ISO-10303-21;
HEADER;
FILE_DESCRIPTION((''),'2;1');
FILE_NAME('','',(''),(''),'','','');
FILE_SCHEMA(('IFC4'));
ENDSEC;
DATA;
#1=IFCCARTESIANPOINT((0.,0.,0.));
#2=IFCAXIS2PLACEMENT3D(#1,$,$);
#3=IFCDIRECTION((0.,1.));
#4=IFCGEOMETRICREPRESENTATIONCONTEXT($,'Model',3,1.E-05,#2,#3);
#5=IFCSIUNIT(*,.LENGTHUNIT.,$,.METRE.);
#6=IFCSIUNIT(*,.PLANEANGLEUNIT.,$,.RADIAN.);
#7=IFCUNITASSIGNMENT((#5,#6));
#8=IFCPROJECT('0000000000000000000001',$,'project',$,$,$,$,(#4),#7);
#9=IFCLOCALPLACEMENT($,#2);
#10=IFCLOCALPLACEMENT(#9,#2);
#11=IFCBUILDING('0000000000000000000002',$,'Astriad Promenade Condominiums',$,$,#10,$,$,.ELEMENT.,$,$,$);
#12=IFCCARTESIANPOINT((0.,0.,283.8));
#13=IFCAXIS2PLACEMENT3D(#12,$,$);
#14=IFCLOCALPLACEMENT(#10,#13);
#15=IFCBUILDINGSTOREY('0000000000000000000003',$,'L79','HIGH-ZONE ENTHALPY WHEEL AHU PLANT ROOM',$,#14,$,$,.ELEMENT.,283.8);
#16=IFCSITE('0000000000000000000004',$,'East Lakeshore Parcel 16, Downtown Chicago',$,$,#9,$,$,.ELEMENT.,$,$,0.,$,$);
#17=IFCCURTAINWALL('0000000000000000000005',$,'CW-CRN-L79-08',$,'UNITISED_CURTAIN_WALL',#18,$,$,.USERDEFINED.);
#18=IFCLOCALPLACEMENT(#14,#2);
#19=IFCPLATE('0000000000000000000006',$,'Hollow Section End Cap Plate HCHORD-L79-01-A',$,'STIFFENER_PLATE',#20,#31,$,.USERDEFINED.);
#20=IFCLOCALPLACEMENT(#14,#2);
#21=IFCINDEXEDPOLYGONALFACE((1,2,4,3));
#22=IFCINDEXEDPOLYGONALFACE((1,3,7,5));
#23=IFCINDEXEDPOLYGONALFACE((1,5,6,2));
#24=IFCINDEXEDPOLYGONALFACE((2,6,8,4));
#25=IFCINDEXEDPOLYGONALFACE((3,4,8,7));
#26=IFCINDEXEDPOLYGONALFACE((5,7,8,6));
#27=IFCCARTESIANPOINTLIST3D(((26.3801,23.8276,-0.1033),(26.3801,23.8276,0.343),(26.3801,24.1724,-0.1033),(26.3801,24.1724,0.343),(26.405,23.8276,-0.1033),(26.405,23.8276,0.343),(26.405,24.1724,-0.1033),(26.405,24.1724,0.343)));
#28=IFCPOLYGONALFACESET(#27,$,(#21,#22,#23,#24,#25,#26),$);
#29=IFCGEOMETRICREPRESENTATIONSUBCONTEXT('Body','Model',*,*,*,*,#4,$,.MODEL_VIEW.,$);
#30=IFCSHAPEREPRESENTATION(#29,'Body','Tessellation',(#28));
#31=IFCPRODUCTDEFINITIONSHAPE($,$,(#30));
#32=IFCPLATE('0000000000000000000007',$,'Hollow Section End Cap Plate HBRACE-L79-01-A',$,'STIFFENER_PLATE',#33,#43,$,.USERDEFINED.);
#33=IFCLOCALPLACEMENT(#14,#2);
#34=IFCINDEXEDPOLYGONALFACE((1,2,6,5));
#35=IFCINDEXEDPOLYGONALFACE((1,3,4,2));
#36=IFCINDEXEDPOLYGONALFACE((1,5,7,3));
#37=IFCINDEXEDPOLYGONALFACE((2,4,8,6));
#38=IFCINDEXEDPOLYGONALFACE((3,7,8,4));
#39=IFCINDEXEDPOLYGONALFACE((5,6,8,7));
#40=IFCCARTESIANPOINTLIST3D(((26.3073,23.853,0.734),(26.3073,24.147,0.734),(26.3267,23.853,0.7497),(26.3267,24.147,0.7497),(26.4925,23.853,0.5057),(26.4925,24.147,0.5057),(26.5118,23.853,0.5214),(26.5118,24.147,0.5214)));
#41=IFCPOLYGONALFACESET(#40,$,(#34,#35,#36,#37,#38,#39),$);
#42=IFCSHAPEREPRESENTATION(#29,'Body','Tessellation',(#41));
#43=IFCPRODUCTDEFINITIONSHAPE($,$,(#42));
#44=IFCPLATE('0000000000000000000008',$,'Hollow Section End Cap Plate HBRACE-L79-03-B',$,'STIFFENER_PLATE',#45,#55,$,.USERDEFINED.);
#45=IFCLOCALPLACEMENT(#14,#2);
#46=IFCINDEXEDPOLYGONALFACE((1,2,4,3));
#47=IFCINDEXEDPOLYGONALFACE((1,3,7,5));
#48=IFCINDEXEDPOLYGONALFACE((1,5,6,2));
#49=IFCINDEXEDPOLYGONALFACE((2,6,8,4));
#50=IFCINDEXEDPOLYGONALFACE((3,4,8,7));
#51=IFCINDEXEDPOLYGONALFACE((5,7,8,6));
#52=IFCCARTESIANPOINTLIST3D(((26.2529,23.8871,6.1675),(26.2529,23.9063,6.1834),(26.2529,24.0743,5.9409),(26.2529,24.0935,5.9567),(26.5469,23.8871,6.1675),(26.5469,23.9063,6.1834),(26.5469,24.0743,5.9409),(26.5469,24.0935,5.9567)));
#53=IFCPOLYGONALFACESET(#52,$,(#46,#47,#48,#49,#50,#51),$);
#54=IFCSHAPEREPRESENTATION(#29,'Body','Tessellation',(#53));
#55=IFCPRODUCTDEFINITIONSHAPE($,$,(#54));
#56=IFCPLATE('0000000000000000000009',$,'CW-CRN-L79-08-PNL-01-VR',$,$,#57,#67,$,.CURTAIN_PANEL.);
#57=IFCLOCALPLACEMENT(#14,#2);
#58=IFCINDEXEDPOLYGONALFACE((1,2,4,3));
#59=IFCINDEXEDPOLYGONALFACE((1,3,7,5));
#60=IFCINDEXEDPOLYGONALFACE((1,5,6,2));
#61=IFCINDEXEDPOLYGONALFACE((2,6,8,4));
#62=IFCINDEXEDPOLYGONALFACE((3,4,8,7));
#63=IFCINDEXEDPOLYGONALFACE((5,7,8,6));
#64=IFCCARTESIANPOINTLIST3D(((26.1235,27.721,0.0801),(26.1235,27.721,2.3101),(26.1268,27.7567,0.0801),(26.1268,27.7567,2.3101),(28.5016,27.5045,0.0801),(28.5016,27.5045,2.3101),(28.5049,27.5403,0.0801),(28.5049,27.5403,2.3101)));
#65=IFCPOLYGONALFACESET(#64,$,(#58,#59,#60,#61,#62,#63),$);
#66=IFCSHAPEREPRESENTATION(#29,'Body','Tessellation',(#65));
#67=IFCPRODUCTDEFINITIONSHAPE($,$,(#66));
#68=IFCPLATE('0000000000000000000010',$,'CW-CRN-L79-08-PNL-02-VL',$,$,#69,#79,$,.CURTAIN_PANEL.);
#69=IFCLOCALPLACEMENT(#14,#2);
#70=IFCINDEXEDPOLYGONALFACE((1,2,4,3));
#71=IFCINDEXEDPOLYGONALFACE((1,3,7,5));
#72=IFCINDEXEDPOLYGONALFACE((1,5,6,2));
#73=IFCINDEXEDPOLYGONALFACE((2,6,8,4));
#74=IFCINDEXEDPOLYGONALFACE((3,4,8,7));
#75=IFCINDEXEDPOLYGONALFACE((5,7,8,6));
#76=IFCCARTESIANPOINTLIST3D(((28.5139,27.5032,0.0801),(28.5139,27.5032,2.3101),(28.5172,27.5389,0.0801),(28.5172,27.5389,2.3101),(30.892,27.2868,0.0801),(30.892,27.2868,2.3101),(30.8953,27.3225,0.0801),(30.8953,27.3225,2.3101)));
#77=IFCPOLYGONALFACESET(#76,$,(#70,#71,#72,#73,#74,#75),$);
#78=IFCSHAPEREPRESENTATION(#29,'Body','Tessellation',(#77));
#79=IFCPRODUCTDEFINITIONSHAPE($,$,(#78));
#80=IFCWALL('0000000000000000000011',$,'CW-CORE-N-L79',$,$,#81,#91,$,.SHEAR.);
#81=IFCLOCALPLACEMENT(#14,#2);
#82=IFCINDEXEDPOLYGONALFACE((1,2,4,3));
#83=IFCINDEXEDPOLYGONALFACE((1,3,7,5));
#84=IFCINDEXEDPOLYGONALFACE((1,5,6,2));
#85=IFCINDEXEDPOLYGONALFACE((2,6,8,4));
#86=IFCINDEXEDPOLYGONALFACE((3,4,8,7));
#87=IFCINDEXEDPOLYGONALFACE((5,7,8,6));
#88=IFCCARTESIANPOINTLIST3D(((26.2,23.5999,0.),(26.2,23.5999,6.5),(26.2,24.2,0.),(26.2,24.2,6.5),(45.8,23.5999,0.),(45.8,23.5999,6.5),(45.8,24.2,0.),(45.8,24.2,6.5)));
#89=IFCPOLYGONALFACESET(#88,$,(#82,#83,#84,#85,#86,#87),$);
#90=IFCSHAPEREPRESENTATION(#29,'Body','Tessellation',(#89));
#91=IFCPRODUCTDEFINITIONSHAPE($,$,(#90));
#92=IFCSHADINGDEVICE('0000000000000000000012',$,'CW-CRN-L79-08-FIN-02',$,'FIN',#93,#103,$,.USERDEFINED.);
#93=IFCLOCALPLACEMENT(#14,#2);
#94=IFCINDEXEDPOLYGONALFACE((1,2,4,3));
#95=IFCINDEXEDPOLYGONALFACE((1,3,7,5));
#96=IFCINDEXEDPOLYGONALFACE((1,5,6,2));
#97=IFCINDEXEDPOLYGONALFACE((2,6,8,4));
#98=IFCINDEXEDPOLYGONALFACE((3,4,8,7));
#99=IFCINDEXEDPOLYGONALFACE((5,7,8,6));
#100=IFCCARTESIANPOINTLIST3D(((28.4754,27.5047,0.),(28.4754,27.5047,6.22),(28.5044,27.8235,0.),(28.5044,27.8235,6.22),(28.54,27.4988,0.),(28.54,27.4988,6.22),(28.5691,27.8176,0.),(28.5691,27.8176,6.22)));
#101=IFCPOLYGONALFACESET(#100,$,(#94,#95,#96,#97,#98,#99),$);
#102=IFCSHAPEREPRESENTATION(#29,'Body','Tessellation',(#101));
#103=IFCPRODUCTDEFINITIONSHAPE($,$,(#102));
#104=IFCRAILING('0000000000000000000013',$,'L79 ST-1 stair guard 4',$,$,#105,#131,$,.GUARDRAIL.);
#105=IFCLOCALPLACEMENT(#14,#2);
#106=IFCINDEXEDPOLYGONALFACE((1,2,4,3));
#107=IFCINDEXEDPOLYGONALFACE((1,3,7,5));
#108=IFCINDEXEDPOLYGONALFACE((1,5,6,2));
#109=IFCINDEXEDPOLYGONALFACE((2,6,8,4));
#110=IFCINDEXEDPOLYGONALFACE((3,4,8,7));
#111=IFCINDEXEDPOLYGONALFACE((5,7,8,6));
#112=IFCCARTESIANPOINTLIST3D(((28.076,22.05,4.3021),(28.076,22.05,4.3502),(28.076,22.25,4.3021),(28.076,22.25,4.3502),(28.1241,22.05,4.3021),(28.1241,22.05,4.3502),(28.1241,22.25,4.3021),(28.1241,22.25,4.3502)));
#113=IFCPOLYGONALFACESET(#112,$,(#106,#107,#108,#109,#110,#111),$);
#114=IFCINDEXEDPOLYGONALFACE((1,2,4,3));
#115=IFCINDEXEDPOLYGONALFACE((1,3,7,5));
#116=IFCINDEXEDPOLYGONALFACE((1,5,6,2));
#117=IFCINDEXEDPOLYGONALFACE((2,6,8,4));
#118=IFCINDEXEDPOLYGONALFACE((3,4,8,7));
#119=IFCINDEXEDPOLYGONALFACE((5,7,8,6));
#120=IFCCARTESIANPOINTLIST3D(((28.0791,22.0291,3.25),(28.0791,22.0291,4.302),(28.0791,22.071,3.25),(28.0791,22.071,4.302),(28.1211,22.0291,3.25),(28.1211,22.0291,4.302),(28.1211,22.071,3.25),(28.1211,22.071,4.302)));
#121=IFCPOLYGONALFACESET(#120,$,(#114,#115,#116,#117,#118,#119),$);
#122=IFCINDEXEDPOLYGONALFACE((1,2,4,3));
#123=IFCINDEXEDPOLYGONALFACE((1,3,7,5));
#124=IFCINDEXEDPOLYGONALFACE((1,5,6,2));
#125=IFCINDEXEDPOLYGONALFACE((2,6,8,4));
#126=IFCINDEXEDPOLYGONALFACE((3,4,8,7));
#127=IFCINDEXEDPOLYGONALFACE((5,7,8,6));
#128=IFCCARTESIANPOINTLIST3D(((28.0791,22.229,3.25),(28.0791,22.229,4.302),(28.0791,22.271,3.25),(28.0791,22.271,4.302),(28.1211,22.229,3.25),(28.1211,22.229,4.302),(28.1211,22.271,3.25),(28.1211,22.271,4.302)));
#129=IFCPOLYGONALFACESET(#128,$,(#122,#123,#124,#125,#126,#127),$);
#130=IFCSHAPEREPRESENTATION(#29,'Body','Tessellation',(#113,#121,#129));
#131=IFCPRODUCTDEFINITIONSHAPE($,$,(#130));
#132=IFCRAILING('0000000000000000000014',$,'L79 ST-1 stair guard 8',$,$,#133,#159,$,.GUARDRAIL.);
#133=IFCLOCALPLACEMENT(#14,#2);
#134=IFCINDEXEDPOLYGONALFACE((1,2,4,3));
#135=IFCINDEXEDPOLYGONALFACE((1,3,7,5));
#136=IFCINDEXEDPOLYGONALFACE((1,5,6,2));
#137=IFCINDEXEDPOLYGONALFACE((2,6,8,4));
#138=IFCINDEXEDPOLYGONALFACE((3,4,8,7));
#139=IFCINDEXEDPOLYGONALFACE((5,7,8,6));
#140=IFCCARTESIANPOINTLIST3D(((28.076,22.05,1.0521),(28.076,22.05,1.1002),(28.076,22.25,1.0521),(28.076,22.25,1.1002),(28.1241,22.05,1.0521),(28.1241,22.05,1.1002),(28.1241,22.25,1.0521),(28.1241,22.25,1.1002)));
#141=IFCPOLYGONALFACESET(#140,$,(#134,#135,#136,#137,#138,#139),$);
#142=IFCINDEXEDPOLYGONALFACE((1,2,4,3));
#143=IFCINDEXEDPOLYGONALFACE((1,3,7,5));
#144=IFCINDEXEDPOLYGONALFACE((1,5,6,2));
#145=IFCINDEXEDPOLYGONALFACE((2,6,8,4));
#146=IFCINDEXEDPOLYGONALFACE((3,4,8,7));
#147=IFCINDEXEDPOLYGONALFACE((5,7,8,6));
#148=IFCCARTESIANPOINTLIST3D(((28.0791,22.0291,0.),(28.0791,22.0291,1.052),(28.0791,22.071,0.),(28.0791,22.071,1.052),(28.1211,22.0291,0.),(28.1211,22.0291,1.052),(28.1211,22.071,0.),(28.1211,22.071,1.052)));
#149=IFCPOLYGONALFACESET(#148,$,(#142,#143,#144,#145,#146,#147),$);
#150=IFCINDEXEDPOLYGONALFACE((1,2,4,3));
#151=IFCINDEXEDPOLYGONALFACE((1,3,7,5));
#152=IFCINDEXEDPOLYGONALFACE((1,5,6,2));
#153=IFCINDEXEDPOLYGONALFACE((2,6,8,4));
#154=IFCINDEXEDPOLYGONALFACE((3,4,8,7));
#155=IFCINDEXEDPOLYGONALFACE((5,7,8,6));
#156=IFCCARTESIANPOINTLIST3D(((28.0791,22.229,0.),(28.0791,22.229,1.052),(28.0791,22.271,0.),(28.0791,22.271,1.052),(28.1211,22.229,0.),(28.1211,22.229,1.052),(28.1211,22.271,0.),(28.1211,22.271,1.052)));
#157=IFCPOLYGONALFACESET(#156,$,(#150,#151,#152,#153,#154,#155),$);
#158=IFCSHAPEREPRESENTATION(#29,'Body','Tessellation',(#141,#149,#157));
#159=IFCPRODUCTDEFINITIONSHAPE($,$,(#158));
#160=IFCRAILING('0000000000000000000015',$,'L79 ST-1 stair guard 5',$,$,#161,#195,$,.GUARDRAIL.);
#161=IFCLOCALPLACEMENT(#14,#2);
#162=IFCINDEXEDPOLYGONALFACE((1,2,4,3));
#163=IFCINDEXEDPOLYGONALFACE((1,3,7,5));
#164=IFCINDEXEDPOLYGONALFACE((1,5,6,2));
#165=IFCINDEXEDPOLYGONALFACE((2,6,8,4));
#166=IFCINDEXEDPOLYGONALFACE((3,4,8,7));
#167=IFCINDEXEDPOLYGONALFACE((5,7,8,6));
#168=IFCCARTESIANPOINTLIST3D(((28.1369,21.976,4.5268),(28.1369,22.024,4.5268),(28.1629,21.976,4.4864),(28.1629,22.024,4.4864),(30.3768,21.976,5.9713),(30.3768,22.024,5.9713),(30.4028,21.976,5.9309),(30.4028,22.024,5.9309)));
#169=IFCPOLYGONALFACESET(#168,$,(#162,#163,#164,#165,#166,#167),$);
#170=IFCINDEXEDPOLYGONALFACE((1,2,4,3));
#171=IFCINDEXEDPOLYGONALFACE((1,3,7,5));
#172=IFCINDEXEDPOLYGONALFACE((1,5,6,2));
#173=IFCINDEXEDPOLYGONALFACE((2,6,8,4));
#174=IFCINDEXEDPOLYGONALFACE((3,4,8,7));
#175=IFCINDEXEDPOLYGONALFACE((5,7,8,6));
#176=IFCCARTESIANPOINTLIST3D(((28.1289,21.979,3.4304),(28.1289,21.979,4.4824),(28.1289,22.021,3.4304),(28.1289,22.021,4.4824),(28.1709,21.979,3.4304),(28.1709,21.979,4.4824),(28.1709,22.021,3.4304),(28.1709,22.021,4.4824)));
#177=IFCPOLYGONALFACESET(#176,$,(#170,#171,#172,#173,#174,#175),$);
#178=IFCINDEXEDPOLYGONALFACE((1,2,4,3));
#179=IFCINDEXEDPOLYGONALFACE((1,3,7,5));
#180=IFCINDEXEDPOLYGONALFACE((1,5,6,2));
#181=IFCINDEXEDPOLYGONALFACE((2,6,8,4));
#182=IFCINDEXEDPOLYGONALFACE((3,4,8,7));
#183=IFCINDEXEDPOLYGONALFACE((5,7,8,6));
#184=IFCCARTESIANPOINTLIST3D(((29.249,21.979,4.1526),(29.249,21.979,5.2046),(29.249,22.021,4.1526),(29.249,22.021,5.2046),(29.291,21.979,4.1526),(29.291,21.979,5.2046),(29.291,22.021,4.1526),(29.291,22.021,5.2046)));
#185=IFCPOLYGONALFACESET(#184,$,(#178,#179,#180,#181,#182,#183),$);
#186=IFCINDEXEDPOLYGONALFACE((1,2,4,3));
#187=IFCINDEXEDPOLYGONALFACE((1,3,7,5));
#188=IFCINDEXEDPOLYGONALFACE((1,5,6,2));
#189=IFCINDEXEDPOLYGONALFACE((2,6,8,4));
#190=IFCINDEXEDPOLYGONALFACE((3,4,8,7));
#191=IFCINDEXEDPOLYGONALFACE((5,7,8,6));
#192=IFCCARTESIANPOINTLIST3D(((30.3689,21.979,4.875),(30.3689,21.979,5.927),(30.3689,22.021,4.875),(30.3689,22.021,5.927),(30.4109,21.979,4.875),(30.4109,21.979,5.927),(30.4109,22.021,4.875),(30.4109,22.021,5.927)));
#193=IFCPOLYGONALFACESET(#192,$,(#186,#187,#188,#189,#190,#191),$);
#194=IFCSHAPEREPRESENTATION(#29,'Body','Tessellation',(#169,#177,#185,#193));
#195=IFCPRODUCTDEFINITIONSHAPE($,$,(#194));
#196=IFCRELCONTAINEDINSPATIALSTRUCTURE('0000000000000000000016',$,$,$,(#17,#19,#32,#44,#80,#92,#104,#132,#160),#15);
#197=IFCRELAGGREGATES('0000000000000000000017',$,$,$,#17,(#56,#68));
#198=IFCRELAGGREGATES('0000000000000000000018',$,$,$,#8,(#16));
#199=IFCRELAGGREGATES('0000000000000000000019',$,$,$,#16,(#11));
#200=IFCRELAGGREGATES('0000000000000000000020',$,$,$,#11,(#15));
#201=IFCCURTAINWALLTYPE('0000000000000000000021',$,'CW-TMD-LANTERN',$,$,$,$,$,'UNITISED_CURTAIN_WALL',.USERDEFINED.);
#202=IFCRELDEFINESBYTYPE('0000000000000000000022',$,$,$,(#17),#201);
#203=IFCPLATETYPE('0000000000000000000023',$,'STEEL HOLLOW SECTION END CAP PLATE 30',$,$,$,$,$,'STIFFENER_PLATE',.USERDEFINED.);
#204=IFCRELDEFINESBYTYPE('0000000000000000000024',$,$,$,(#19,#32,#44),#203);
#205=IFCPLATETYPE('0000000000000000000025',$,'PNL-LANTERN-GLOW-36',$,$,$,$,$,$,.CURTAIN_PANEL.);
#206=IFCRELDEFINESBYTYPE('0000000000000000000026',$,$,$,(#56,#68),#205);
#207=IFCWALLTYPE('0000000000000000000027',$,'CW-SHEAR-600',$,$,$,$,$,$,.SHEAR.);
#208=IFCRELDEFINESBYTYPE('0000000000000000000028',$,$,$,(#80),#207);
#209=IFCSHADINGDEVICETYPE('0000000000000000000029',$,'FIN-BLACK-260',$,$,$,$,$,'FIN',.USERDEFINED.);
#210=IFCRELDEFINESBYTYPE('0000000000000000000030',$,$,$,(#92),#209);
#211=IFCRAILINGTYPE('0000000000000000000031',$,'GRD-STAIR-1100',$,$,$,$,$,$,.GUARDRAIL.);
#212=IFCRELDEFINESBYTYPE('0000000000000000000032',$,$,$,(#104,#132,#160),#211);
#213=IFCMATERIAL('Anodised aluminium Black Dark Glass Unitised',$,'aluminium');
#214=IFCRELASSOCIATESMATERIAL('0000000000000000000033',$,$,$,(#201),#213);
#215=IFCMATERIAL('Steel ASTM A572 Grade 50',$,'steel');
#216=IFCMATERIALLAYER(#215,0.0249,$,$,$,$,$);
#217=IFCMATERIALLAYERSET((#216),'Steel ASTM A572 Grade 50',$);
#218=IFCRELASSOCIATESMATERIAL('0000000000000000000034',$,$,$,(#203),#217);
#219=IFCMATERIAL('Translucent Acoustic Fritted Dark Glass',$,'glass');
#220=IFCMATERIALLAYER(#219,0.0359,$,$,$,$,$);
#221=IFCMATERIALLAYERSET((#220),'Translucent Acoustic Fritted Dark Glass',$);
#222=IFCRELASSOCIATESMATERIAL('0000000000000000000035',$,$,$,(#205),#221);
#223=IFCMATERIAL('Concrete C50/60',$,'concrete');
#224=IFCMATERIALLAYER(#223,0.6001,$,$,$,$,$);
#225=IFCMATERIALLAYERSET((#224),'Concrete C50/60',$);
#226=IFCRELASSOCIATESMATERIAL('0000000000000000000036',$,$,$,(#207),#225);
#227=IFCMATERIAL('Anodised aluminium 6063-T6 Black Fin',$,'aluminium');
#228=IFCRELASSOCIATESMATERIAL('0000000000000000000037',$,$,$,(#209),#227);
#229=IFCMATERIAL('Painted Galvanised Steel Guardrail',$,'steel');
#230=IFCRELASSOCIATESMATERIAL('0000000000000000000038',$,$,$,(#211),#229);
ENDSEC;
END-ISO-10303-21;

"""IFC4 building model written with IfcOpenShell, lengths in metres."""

from ifc_helpers import new_model, si_unit, direction, frame, frame_2d, origin, origin_2d, place, context, subcontext, project, spatial, rectangle, extrude, source, transform, mapped, material, layer, layer_set, type_object, type_shapes, element, aggregate, save


model = new_model("IFC4")

# Units and contexts
model_context = context("Model", 3, precision=1e-05, world=origin(), true_north=direction((0.0, 1.0)))
body_context = subcontext(model_context, "Body", "Model", "MODEL_VIEW")
ifc_project = project(units=[si_unit("LENGTHUNIT", "METRE"), si_unit("PLANEANGLEUNIT", "RADIAN")], contexts=[model_context])

# Site, building, storey
site_placement = place(None, origin())
site = spatial("IfcSite", under=ifc_project, at=site_placement, Name="East Lakeshore Parcel 16, Downtown Chicago", CompositionType="ELEMENT", RefElevation=0.0)
building_placement = place(site_placement, origin())
building = spatial("IfcBuilding", under=site, at=building_placement, Name="Astriad Promenade Condominiums", CompositionType="ELEMENT")
storey_placement = place(building_placement, frame((0.0, 0.0, 283.8)))
storey = spatial("IfcBuildingStorey", under=building, at=storey_placement, Name="L79", Description="HIGH-ZONE ENTHALPY WHEEL AHU PLANT ROOM", CompositionType="ELEMENT", Elevation=283.8)

# Shared definitions
ifc_material_1 = material(Name="Concrete C50/60", Category="concrete")

# Curtain wall
ifc_material_2 = material(Name="Anodised aluminium Black Dark Glass Unitised", Category="aluminium")
curtain_wall_type = type_object("IfcCurtainWallType", Name="CW-TMD-LANTERN", ElementType="UNITISED_CURTAIN_WALL", PredefinedType="USERDEFINED", material=ifc_material_2)
curtain_wall_placement = place(storey_placement, origin())
curtain_wall = element("IfcCurtainWall", 1, at=curtain_wall_placement, inside=storey, type_object=curtain_wall_type, Name="CW-CRN-L79-08", ObjectType="UNITISED_CURTAIN_WALL", PredefinedType="USERDEFINED")

# Plates
ifc_material_3 = material(Name="Steel ASTM A572 Grade 50", Category="steel")
ifc_layer_1 = layer(ifc_material_3, 0.0249)
ifc_layer_set_1 = layer_set([ifc_layer_1], Name="Steel ASTM A572 Grade 50")
plate_type_1 = type_object("IfcPlateType", Name="STEEL HOLLOW SECTION END CAP PLATE 30", ElementType="STIFFENER_PLATE", PredefinedType="USERDEFINED", material=ifc_layer_set_1)
shared_shape_1 = source(origin(), body_context, "Body", "SweptSolid", [
    extrude(rectangle(XDim=0.3447, YDim=0.4463, at=origin_2d()), origin(), (0.0, 0.0, 1.0), 0.0249),
])
plate_1_placement = place(storey_placement, frame((26.3801, 24.0, 0.1199), z_axis=(1.0, 0.0, 0.0), x_axis=(0.0, 1.0, 0.0)))
element("IfcPlate", 2, at=plate_1_placement, inside=storey, type_object=plate_type_1, Name="Hollow Section End Cap Plate HCHORD-L79-01-A", ObjectType="STIFFENER_PLATE", PredefinedType="USERDEFINED", context=body_context, shape_type="MappedRepresentation", body=[
    mapped(shared_shape_1, transform((0.0, 0.0, 0.0), scale=1.0)),
])
shared_shape_2 = source(origin(), body_context, "Body", "SweptSolid", [
    extrude(rectangle(XDim=0.2939, YDim=0.2939, at=origin_2d()), origin(), (0.0, 0.0, 1.0), 0.0249),
])
type_shapes(plate_type_1, [shared_shape_1, shared_shape_2])
for number, where, z_axis, x_axis, name in (
    (3, (26.3999, 24.0, 0.6199), (0.776676, 0.0, 0.629901), (0.0, 1.0, 0.0), "Hollow Section End Cap Plate HBRACE-L79-01-A"),
    (4, (26.3999, 23.9807, 6.0542), (0.0, 0.771082, 0.636736), (-1.0, 0.0, 0.0), "Hollow Section End Cap Plate HBRACE-L79-03-B"),
):
    element("IfcPlate", number, at=place(storey_placement, frame(where, z_axis=z_axis, x_axis=x_axis)), inside=storey, type_object=plate_type_1, Name=name, ObjectType="STIFFENER_PLATE", PredefinedType="USERDEFINED", context=body_context, shape_type="MappedRepresentation", body=[
        mapped(shared_shape_2, transform((0.0, 0.0, 0.0), scale=1.0)),
    ])

# Plates
ifc_material_4 = material(Name="Translucent Acoustic Fritted Dark Glass", Category="glass")
ifc_layer_2 = layer(ifc_material_4, 0.0359)
ifc_layer_set_2 = layer_set([ifc_layer_2], Name="Translucent Acoustic Fritted Dark Glass")
plate_type_2 = type_object("IfcPlateType", Name="PNL-LANTERN-GLOW-36", PredefinedType="CURTAIN_PANEL", material=ifc_layer_set_2)
shared_shape_3 = source(origin(), body_context, "Body", "SweptSolid", [
    extrude(rectangle(XDim=2.3879, YDim=0.0359, at=origin_2d()), origin(), (0.0, 0.0, 1.0), 2.23),
])
type_shapes(plate_type_2, [shared_shape_3])
plate_2_placement = place(storey_placement, frame((27.3142, 27.6306, 0.0801), z_axis=(0.0, 0.0, 1.0), x_axis=(0.995884, -0.090633, 0.0)))
plate_2 = element("IfcPlate", 5, at=plate_2_placement, type_object=plate_type_2, Name="CW-CRN-L79-08-PNL-01-VR", PredefinedType="CURTAIN_PANEL", context=body_context, shape_type="MappedRepresentation", body=[
    mapped(shared_shape_3, transform((0.0, 0.0, 0.0), scale=1.0)),
])
plate_3_placement = place(storey_placement, frame((29.7046, 27.4128, 0.0801), z_axis=(0.0, 0.0, 1.0), x_axis=(0.995884, -0.090633, 0.0)))
plate_3 = element("IfcPlate", 6, at=plate_3_placement, type_object=plate_type_2, Name="CW-CRN-L79-08-PNL-02-VL", PredefinedType="CURTAIN_PANEL", context=body_context, shape_type="MappedRepresentation", body=[
    mapped(shared_shape_3, transform((0.0, 0.0, 0.0), scale=1.0)),
])
aggregate(curtain_wall, [plate_2, plate_3])

# Wall
ifc_layer_3 = layer(ifc_material_1, 0.6001)
ifc_layer_set_3 = layer_set([ifc_layer_3], Name="Concrete C50/60")
wall_type = type_object("IfcWallType", Name="CW-SHEAR-600", PredefinedType="SHEAR", material=ifc_layer_set_3)
wall_placement = place(storey_placement, frame((26.2, 23.8999, 0.0), z_axis=(0.0, 0.0, 1.0), x_axis=(1.0, 0.0, 0.0)))
element("IfcWall", 7, at=wall_placement, inside=storey, type_object=wall_type, Name="CW-CORE-N-L79", PredefinedType="SHEAR", context=body_context, shape_type="SweptSolid", body=[
    extrude(rectangle(XDim=19.6001, YDim=0.6001, at=frame_2d((9.8, 0.0))), origin(), (0.0, 0.0, 1.0), 6.5),
])

# Shading device
ifc_material_5 = material(Name="Anodised aluminium 6063-T6 Black Fin", Category="aluminium")
shading_device_type = type_object("IfcShadingDeviceType", Name="FIN-BLACK-260", ElementType="FIN", PredefinedType="USERDEFINED", material=ifc_material_5)
shared_shape_4 = source(origin(), body_context, "Body", "SweptSolid", [
    extrude(rectangle(XDim=0.0649, YDim=0.3201, at=origin_2d()), origin(), (0.0, 0.0, 1.0), 6.22),
])
type_shapes(shading_device_type, [shared_shape_4])
shading_device_placement = place(storey_placement, frame((28.5222, 27.6611, 0.0), z_axis=(0.0, 0.0, 1.0), x_axis=(0.995884, -0.090633, 0.0)))
element("IfcShadingDevice", 8, at=shading_device_placement, inside=storey, type_object=shading_device_type, Name="CW-CRN-L79-08-FIN-02", ObjectType="FIN", PredefinedType="USERDEFINED", context=body_context, shape_type="MappedRepresentation", body=[
    mapped(shared_shape_4, transform((0.0, 0.0, 0.0), scale=1.0)),
])

# Railings
ifc_material_6 = material(Name="Painted Galvanised Steel Guardrail", Category="steel")
railing_type = type_object("IfcRailingType", Name="GRD-STAIR-1100", PredefinedType="GUARDRAIL", material=ifc_material_6)
shared_shape_5 = source(origin(), body_context, "Body", "SweptSolid", [
    extrude(rectangle(XDim=0.0481, YDim=0.0481, at=origin_2d()), frame((0.0, 0.0, 1.0762), z_axis=(0.0, 1.0, 0.0), x_axis=(-1.0, 0.0, 0.0)), (0.0, 0.0, 1.0), 0.2),
    extrude(rectangle(XDim=0.042, YDim=0.042, at=origin_2d()), origin(), (0.0, 0.0, 1.0), 1.052),
    extrude(rectangle(XDim=0.042, YDim=0.042, at=origin_2d()), frame((0.0, 0.2, 0.0)), (0.0, 0.0, 1.0), 1.052),
])
for number, where, name in (
    (9, (28.1001, 22.05, 3.25), "L79 ST-1 stair guard 4"),
    (10, (28.1001, 22.05, 0.0), "L79 ST-1 stair guard 8"),
):
    element("IfcRailing", number, at=place(storey_placement, frame(where)), inside=storey, type_object=railing_type, Name=name, PredefinedType="GUARDRAIL", context=body_context, shape_type="MappedRepresentation", body=[
        mapped(shared_shape_5, transform((0.0, 0.0, 0.0), scale=1.0)),
    ])
shared_shape_6 = source(origin(), body_context, "Body", "SweptSolid", [
    extrude(rectangle(XDim=0.0481, YDim=0.0481, at=origin_2d()), frame((0.0, 0.0, 1.0762), z_axis=(0.840395, 0.0, 0.541975), x_axis=(0.0, 1.0, 0.0)), (0.0, 0.0, 1.0), 2.6653),
    extrude(rectangle(XDim=0.042, YDim=0.042, at=origin_2d()), origin(), (0.0, 0.0, 1.0), 1.052),
    extrude(rectangle(XDim=0.042, YDim=0.042, at=origin_2d()), frame((1.1201, 0.0, 0.7222)), (0.0, 0.0, 1.0), 1.052),
    extrude(rectangle(XDim=0.042, YDim=0.042, at=origin_2d()), frame((2.24, 0.0, 1.4446)), (0.0, 0.0, 1.0), 1.052),
])
type_shapes(railing_type, [shared_shape_5, shared_shape_6])
railing_placement = place(storey_placement, frame((28.1499, 22.0, 3.4304)))
element("IfcRailing", 11, at=railing_placement, inside=storey, type_object=railing_type, Name="L79 ST-1 stair guard 5", PredefinedType="GUARDRAIL", context=body_context, shape_type="MappedRepresentation", body=[
    mapped(shared_shape_6, transform((0.0, 0.0, 0.0), scale=1.0)),
])

save(model, "model.ifc")
